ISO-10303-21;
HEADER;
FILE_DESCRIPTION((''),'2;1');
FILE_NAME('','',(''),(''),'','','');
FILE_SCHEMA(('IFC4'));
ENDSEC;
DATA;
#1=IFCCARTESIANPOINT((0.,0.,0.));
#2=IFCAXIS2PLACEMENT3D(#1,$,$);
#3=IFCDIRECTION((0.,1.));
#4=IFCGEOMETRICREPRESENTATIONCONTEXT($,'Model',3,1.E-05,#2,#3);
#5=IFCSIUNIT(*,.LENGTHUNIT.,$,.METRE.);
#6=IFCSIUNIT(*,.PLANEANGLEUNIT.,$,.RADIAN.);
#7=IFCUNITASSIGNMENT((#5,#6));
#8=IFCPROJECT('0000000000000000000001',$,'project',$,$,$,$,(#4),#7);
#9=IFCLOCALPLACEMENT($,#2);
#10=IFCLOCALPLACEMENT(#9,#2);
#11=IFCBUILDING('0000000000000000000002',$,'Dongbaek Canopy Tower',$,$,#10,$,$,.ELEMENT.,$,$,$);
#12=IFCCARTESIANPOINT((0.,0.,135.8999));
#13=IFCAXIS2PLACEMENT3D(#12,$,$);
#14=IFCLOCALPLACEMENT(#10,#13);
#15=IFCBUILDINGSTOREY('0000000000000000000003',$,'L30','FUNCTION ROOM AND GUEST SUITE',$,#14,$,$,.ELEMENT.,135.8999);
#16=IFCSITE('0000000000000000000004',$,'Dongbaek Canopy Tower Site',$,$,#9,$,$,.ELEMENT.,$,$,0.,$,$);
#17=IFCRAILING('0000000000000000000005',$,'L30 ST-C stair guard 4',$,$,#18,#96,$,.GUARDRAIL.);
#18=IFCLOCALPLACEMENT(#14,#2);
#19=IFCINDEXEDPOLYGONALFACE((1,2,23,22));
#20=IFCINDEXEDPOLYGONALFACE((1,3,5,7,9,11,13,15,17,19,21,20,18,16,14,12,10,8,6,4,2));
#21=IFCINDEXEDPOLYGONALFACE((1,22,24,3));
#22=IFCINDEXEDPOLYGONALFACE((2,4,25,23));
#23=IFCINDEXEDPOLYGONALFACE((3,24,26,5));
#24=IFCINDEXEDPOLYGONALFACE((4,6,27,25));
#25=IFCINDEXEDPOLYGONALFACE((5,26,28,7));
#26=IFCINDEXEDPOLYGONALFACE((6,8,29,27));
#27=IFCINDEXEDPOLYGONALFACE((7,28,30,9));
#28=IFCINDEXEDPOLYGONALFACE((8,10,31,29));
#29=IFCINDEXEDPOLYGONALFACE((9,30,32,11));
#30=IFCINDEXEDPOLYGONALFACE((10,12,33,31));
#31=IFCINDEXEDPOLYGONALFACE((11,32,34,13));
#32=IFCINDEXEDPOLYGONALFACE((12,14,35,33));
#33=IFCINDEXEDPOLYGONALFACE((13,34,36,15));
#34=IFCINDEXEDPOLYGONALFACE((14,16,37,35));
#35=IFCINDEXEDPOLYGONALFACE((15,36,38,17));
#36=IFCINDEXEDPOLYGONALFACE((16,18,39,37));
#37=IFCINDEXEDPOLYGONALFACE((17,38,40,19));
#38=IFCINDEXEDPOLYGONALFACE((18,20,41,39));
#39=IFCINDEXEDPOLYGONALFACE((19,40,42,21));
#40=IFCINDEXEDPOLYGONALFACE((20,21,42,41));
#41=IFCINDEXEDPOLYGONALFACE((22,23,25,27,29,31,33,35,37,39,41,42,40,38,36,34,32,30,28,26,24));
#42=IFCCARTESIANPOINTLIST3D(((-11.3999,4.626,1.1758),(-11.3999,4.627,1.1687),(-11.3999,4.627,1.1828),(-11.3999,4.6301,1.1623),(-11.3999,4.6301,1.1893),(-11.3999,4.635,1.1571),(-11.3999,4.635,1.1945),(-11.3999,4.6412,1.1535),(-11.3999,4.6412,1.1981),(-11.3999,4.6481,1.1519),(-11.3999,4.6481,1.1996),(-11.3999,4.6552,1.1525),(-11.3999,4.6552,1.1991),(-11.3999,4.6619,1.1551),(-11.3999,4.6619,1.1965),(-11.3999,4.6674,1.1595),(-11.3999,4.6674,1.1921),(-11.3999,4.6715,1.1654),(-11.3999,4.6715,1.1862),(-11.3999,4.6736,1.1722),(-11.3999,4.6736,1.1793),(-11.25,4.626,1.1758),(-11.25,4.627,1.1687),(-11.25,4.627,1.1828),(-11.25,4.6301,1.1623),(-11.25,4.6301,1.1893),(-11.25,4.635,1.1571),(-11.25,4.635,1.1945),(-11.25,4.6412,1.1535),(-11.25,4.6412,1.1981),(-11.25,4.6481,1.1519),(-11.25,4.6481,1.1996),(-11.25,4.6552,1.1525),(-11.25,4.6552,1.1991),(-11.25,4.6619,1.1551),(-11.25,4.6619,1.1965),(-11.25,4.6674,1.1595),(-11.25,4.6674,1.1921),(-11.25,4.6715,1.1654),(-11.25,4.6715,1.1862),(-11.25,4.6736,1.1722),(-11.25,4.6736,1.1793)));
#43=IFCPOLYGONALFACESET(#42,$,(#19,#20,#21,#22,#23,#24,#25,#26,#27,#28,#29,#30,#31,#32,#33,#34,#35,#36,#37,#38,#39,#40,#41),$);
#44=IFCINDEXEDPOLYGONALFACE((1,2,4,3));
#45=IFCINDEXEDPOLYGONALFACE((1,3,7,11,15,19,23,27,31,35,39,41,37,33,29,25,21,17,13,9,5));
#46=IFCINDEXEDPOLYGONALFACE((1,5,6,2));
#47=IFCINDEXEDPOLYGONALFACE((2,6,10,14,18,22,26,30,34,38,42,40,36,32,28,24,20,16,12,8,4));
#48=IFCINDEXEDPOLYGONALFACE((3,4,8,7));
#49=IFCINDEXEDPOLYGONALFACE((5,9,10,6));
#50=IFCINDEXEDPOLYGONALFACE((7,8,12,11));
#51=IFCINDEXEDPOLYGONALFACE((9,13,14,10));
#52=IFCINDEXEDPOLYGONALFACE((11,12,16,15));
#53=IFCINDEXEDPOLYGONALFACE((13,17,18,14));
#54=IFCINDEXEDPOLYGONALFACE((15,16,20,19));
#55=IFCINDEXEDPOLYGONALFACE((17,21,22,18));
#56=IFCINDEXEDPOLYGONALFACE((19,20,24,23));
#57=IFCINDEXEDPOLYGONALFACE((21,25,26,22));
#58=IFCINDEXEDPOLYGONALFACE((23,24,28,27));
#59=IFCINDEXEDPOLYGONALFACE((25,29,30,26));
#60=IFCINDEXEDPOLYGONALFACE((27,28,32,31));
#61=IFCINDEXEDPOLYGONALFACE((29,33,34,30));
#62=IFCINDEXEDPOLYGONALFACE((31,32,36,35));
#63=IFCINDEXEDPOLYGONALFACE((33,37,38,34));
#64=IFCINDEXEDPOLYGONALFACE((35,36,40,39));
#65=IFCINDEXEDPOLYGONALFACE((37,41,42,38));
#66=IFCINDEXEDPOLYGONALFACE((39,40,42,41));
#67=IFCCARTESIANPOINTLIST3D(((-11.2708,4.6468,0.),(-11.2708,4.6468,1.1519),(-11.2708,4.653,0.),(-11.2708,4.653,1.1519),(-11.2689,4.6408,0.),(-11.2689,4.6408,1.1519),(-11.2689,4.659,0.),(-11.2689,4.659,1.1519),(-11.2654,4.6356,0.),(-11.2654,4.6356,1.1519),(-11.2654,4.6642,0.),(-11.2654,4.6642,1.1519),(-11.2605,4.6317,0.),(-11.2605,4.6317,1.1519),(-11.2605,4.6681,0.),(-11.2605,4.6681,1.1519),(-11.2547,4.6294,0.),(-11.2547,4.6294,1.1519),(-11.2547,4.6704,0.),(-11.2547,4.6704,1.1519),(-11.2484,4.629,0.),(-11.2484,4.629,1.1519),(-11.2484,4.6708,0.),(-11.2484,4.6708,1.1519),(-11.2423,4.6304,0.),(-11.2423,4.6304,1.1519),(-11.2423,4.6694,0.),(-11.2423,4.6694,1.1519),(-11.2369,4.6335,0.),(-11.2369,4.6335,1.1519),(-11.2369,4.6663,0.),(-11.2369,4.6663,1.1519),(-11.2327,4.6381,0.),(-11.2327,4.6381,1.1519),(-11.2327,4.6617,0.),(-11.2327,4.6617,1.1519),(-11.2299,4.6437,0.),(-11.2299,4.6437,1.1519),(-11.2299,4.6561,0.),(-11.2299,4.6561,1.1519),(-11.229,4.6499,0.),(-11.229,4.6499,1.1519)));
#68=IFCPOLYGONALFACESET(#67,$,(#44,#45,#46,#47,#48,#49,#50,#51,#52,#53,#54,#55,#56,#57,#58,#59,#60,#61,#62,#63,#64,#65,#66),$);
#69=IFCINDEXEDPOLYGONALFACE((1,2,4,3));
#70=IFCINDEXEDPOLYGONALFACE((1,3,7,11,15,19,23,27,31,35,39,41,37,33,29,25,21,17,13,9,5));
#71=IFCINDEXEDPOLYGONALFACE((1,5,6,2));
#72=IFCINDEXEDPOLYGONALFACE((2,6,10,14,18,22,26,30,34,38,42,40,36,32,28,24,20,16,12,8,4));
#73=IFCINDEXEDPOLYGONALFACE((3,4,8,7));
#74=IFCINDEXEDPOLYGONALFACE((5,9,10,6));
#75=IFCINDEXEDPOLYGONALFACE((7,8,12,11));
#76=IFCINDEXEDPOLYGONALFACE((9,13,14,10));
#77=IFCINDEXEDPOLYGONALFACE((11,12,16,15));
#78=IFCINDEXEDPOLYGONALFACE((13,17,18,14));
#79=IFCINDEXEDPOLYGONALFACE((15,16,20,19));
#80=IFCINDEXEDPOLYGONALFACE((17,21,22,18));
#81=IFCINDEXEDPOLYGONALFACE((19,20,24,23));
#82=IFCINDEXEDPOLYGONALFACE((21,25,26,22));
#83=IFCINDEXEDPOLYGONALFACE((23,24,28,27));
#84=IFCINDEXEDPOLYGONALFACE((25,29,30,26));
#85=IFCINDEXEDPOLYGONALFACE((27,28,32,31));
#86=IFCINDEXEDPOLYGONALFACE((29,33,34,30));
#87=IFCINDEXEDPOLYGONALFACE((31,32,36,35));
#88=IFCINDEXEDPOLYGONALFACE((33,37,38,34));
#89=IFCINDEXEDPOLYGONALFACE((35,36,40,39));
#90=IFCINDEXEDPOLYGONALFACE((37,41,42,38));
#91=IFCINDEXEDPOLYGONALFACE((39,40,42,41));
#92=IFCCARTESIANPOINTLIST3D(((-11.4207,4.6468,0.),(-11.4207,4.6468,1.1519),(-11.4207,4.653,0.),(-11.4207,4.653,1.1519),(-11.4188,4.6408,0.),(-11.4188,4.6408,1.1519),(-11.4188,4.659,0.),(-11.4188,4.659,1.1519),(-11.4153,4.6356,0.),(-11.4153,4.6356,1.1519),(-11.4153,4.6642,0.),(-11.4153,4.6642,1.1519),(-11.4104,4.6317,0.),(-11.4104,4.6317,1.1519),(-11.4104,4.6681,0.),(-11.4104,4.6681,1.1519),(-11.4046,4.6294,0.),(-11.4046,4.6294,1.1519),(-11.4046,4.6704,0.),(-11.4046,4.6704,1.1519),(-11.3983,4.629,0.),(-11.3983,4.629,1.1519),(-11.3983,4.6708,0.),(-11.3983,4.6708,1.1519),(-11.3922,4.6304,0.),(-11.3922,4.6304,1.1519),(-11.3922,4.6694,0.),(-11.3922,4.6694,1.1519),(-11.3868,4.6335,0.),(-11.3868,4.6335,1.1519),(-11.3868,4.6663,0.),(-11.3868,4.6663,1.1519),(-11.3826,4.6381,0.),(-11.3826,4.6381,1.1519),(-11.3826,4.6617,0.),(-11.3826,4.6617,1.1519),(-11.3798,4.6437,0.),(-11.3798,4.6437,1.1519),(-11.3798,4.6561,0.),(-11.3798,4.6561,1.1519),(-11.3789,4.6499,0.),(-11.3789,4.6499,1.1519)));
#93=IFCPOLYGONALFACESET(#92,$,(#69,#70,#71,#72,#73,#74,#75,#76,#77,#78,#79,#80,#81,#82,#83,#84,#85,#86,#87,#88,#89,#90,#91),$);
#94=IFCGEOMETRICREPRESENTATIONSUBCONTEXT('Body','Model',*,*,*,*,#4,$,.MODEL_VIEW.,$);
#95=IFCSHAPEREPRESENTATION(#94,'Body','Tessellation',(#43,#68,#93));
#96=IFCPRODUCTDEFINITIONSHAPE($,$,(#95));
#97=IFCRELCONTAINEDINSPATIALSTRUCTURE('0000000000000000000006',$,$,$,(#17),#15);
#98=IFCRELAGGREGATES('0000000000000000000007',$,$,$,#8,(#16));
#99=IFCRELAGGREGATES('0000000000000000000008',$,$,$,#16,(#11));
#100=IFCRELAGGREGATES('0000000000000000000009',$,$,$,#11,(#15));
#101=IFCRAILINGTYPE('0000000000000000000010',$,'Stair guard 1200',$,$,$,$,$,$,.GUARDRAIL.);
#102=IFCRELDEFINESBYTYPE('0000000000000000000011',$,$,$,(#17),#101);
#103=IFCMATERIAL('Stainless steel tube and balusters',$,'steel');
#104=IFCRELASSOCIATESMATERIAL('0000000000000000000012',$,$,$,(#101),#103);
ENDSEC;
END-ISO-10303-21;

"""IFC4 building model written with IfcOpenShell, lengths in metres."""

from ifc_helpers import new_model, si_unit, direction, frame, origin, origin_2d, place, context, subcontext, project, spatial, circle, extrude, material, type_object, element, save


model = new_model("IFC4")

# Units and contexts
model_context = context("Model", 3, precision=1e-05, world=origin(), true_north=direction((0.0, 1.0)))
body_context = subcontext(model_context, "Body", "Model", "MODEL_VIEW")
ifc_project = project(units=[si_unit("LENGTHUNIT", "METRE"), si_unit("PLANEANGLEUNIT", "RADIAN")], contexts=[model_context])

# Site, building, storey
site_placement = place(None, origin())
site = spatial("IfcSite", under=ifc_project, at=site_placement, Name="Dongbaek Canopy Tower Site", CompositionType="ELEMENT", RefElevation=0.0)
building_placement = place(site_placement, origin())
building = spatial("IfcBuilding", under=site, at=building_placement, Name="Dongbaek Canopy Tower", CompositionType="ELEMENT")
storey_placement = place(building_placement, frame((0.0, 0.0, 135.8999)))
storey = spatial("IfcBuildingStorey", under=building, at=storey_placement, Name="L30", Description="FUNCTION ROOM AND GUEST SUITE", CompositionType="ELEMENT", Elevation=135.8999)

# Railing
ifc_material_1 = material(Name="Stainless steel tube and balusters", Category="steel")
railing_type_1 = type_object("IfcRailingType", Name="Stair guard 1200", PredefinedType="GUARDRAIL", material=ifc_material_1)
railing_1_placement = place(storey_placement, frame((-11.25, 4.6499, 0.0)))
element("IfcRailing", 1, at=railing_1_placement, inside=storey, type_object=railing_type_1, Name="L30 ST-C stair guard 4", PredefinedType="GUARDRAIL", context=body_context, shape_type="SweptSolid", body=[
    extrude(circle(Radius=0.0239, at=origin_2d()), frame((0.0, 0.0, 1.1758), z_axis=(-1.0, 0.0, 0.0), x_axis=(0.0, -1.0, 0.0)), (0.0, 0.0, 1.0), 0.1499),
    extrude(circle(Radius=0.021, at=origin_2d()), origin(), (0.0, 0.0, 1.0), 1.1519),
    extrude(circle(Radius=0.021, at=origin_2d()), frame((-0.1499, 0.0, 0.0)), (0.0, 0.0, 1.0), 1.1519),
])

save(model, "model.ifc")
